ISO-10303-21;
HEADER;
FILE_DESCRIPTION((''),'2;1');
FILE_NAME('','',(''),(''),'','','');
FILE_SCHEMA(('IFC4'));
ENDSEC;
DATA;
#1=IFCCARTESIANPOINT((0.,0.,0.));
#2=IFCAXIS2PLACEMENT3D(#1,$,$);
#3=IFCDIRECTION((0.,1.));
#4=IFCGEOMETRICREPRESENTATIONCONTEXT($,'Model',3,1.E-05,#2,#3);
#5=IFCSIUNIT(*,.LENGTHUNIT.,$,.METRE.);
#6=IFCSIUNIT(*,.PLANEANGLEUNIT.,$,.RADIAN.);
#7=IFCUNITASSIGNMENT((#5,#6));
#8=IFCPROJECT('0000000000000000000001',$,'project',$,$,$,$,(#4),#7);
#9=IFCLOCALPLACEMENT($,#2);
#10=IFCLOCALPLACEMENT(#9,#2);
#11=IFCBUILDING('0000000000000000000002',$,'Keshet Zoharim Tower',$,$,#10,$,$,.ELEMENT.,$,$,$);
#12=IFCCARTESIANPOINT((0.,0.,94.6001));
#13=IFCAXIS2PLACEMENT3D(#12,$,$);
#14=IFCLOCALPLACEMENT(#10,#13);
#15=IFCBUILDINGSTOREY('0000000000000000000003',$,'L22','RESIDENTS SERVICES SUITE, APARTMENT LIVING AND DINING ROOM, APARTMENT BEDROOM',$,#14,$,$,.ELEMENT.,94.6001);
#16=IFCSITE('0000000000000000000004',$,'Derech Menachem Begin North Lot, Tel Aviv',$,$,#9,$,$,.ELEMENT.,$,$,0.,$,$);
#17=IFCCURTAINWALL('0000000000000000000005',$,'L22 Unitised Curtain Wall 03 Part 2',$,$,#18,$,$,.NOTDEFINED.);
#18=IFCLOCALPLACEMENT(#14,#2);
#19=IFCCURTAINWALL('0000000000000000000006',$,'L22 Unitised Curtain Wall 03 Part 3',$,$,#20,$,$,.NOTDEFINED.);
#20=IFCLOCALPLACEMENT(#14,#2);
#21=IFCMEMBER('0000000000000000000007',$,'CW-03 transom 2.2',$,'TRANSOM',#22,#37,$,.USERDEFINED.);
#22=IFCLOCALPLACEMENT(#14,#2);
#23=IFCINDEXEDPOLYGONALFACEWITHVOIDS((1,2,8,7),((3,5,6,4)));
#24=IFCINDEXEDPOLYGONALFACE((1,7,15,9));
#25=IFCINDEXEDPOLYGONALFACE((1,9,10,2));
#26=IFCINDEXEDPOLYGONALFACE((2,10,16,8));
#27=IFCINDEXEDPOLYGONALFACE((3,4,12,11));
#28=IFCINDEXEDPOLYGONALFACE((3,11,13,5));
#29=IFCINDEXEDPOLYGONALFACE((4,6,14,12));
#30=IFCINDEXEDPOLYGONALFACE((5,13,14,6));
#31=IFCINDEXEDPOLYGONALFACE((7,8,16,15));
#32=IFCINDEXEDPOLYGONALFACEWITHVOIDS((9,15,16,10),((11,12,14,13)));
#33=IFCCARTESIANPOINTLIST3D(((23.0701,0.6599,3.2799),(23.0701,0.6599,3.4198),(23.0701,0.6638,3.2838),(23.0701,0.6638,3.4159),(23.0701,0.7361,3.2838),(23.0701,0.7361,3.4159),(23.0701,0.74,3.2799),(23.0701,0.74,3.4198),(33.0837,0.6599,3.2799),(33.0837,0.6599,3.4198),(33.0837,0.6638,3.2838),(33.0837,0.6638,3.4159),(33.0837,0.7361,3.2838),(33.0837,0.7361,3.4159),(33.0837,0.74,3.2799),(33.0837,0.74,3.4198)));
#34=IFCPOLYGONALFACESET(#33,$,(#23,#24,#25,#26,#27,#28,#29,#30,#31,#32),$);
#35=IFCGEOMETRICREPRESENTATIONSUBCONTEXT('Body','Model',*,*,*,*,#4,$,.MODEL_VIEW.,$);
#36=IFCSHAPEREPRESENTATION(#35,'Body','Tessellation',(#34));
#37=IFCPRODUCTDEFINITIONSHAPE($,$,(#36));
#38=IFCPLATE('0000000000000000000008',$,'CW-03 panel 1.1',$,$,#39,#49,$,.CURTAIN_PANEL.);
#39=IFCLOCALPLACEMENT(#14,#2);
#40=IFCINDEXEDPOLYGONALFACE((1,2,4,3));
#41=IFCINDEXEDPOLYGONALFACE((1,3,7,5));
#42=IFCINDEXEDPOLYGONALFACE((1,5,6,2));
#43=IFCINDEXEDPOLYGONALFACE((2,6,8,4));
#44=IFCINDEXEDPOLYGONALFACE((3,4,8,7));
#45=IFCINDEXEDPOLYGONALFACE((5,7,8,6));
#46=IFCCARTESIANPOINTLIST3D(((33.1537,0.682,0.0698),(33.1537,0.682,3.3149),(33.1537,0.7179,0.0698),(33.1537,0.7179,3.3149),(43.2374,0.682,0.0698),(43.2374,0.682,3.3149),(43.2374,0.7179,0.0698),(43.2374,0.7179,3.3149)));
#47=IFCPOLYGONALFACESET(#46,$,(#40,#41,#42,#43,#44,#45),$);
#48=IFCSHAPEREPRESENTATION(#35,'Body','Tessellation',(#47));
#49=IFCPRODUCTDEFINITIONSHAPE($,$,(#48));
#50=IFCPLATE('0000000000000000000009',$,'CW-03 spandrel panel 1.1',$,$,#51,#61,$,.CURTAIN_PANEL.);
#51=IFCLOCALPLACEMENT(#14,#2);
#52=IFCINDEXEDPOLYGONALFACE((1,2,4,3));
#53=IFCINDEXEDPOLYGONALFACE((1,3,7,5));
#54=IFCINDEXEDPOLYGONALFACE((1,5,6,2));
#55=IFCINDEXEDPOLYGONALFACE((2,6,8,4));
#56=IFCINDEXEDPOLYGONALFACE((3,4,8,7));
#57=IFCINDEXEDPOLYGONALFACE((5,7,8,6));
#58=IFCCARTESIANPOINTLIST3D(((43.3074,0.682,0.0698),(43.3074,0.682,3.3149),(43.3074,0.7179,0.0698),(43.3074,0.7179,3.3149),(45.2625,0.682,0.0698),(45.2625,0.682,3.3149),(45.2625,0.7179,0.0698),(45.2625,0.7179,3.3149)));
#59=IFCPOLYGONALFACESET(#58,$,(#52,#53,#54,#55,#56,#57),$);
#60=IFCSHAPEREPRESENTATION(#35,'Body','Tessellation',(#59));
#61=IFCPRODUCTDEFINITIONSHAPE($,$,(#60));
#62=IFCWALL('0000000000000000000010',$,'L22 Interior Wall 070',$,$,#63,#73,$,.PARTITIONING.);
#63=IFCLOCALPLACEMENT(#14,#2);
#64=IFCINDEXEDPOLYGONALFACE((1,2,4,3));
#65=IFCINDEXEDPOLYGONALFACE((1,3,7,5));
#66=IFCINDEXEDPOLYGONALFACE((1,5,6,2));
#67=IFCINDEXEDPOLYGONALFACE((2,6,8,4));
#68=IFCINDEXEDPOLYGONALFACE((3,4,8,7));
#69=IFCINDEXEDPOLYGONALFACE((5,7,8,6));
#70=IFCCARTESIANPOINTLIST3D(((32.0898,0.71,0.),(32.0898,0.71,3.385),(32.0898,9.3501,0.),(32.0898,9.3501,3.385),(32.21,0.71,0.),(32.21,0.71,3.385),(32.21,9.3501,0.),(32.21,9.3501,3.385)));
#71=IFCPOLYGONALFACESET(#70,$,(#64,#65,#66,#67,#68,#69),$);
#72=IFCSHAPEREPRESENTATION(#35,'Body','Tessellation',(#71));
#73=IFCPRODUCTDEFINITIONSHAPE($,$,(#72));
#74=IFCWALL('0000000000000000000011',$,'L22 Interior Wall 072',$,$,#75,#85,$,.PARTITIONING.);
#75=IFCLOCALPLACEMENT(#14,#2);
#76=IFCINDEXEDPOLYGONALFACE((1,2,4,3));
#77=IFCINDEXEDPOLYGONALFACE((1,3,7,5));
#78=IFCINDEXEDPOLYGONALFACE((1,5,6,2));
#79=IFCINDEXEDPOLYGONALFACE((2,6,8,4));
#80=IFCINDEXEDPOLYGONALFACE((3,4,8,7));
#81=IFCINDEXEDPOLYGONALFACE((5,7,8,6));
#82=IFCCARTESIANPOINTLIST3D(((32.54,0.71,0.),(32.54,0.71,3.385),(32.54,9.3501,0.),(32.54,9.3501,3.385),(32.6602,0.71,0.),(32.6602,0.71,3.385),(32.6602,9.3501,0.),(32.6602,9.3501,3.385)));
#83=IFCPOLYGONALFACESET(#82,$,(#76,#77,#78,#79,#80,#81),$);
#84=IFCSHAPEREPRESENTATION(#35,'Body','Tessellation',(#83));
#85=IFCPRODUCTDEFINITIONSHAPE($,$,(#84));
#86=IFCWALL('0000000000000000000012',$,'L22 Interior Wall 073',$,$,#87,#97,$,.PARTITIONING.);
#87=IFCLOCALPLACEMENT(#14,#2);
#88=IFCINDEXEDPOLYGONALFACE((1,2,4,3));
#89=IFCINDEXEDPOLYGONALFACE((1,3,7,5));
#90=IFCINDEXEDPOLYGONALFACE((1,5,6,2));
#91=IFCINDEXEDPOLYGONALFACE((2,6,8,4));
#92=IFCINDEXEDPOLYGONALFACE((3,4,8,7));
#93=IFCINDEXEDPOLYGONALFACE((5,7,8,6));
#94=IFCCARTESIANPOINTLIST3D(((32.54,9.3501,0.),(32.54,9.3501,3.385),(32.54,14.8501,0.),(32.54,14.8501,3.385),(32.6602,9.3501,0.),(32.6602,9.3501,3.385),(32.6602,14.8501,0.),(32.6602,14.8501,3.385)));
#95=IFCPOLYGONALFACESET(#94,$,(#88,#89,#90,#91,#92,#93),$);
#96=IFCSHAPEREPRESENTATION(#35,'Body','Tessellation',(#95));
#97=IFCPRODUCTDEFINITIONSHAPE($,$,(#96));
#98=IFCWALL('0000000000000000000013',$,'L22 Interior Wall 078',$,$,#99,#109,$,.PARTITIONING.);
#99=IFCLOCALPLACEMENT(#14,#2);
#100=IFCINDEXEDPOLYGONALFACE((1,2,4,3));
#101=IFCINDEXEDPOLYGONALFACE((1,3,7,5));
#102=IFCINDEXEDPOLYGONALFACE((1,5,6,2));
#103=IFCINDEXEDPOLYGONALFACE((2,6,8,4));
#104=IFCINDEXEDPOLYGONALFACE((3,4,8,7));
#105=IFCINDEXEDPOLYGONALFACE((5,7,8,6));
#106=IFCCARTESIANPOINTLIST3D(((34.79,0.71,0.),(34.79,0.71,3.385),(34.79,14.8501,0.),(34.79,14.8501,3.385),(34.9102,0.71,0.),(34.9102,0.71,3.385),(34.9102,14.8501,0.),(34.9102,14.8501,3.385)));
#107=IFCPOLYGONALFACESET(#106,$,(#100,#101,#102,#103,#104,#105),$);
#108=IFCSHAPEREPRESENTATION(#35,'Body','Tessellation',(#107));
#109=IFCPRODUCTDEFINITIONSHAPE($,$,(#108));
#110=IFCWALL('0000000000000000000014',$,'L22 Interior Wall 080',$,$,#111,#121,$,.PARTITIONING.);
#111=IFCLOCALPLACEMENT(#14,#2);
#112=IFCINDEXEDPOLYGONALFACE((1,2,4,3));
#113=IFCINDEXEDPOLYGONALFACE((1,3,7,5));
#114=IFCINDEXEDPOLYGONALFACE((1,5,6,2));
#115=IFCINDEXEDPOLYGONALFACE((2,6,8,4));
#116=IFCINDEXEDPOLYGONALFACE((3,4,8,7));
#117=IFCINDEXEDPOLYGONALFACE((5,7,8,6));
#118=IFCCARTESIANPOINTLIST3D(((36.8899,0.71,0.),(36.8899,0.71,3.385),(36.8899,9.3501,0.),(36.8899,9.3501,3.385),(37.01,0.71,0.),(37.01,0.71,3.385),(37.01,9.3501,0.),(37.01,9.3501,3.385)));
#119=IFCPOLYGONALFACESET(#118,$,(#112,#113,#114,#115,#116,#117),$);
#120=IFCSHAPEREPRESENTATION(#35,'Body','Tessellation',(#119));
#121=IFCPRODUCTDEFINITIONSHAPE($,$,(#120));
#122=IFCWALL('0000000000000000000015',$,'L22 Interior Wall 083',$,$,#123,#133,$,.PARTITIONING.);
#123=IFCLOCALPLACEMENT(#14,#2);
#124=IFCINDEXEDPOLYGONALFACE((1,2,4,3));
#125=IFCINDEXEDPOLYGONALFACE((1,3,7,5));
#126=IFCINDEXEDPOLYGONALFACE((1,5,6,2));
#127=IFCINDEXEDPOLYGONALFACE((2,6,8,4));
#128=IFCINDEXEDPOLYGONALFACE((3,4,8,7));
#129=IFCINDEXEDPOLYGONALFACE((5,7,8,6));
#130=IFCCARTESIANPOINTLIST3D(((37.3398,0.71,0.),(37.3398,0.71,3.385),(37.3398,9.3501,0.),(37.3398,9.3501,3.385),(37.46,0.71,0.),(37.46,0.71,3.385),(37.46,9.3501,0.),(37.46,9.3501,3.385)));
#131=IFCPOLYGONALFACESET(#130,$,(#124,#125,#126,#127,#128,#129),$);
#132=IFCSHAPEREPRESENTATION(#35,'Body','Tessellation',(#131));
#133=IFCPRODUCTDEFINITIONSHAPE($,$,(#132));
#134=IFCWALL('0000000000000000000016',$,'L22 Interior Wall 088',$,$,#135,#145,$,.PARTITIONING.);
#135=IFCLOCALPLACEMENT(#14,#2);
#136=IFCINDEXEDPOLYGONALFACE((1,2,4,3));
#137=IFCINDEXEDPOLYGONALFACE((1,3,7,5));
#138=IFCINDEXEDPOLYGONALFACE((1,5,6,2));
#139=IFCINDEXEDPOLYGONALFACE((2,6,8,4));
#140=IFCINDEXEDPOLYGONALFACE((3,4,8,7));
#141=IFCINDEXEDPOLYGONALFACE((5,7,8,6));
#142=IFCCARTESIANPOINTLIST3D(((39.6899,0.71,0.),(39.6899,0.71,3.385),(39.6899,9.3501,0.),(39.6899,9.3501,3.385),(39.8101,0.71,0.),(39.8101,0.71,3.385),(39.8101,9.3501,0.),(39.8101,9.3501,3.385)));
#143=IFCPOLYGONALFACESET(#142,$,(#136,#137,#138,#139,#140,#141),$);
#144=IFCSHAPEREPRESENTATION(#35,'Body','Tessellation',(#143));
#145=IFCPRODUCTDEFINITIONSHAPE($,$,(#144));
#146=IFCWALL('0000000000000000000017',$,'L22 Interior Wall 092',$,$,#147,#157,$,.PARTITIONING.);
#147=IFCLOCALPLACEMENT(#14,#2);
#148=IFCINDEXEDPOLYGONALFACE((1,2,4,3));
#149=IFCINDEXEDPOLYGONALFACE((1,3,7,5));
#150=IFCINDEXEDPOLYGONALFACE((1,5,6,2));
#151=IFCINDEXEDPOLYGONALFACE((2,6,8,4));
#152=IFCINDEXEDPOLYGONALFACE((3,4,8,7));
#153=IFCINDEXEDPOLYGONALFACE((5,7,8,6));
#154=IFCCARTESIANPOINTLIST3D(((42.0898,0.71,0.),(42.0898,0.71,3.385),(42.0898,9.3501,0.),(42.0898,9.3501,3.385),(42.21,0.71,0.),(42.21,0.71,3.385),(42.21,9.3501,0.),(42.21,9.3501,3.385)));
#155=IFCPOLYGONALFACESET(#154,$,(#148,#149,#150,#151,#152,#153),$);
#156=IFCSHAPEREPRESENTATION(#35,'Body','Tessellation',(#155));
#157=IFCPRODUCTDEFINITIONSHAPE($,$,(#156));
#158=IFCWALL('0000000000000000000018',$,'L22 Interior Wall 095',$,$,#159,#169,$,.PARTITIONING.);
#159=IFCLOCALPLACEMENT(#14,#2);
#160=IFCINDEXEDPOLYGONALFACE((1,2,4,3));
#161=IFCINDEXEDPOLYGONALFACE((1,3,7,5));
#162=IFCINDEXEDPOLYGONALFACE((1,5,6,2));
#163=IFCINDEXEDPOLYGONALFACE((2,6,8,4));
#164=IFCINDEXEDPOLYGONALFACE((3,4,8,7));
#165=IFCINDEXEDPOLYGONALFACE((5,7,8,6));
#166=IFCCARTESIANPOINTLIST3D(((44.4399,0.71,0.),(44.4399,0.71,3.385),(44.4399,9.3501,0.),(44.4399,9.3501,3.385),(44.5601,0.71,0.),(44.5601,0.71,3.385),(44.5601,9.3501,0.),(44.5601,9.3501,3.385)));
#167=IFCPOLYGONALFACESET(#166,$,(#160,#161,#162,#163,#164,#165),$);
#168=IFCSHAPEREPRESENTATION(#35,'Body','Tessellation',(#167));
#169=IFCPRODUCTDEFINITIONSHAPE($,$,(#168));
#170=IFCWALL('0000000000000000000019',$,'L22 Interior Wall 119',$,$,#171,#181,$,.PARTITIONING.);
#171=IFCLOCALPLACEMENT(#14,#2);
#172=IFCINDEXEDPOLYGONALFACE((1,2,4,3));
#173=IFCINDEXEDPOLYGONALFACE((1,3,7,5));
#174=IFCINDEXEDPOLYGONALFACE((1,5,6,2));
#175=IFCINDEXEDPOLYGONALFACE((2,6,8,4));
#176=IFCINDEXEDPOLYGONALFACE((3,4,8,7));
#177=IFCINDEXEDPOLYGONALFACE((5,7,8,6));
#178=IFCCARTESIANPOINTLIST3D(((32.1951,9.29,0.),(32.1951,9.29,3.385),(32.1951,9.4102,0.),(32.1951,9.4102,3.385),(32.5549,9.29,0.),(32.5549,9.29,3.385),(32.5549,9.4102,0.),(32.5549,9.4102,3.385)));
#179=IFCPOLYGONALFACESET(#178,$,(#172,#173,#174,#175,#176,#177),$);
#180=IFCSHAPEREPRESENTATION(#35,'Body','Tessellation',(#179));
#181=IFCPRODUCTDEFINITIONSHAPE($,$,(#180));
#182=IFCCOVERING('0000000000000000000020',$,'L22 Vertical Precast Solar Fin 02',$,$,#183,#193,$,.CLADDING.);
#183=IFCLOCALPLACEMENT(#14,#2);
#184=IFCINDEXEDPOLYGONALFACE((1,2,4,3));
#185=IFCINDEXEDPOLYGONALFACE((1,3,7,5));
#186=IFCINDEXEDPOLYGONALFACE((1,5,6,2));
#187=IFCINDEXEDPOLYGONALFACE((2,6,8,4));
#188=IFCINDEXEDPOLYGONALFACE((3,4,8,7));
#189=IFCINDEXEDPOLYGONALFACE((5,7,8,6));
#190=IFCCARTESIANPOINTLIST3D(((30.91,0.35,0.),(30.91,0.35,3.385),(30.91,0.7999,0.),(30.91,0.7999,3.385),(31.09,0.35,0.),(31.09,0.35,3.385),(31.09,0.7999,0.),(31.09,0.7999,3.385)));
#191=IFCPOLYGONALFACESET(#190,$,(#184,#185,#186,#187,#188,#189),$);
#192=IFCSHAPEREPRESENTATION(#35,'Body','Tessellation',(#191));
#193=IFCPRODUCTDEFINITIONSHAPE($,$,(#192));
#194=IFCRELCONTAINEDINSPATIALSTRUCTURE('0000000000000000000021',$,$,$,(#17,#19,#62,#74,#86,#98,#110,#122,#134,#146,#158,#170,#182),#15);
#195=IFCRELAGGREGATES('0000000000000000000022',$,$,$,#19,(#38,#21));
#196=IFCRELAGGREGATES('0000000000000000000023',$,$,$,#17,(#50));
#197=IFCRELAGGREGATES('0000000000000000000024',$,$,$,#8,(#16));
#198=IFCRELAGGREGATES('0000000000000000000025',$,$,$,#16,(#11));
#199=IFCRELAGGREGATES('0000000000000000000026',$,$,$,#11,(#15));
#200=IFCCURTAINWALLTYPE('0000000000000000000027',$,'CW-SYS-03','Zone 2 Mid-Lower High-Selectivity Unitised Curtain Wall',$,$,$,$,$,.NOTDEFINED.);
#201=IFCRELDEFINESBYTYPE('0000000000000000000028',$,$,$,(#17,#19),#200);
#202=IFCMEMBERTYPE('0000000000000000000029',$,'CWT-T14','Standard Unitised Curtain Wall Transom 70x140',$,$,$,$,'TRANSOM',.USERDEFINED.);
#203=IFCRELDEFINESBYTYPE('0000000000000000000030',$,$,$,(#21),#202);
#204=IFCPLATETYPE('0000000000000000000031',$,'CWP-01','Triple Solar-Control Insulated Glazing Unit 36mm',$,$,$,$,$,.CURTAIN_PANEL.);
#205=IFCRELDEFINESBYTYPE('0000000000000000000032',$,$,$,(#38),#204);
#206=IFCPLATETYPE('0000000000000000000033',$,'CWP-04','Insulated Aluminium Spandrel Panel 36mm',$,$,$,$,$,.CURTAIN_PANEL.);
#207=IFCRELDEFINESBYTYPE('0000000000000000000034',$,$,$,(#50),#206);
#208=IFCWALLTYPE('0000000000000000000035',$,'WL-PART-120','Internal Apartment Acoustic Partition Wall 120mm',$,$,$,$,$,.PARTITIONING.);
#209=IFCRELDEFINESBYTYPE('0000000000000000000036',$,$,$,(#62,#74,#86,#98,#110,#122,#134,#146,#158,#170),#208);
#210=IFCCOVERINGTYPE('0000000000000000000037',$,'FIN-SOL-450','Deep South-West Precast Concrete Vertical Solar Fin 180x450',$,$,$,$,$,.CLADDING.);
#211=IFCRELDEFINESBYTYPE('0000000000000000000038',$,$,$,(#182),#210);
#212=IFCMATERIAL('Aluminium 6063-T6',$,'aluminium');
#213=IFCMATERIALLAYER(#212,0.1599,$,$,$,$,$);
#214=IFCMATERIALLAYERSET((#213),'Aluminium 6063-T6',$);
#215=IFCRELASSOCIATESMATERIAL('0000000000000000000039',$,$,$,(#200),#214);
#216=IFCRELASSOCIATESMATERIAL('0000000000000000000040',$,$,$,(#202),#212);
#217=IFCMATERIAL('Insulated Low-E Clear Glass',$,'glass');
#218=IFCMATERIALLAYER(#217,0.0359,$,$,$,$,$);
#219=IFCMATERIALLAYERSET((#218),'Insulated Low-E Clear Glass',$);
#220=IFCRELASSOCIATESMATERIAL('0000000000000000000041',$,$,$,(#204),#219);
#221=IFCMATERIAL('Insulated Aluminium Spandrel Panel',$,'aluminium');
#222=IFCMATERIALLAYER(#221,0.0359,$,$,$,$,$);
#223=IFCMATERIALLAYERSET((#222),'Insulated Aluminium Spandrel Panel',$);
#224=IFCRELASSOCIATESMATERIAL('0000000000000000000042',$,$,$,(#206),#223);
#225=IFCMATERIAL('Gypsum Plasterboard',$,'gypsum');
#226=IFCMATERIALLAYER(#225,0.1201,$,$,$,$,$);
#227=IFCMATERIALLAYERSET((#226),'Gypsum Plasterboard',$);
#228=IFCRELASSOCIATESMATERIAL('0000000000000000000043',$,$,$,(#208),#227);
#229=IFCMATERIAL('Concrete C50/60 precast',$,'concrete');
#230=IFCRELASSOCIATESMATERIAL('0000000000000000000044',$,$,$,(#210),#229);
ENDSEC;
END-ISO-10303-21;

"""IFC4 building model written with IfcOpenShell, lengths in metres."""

from ifc_helpers import new_model, si_unit, direction, frame, frame_2d, origin, origin_2d, place, context, subcontext, project, spatial, rectangle, hollow_rectangle, extrude, material, layer, layer_set, material_profile, profile_set, type_object, element, aggregate, save


model = new_model("IFC4")

# Units and contexts
model_context = context("Model", 3, precision=1e-05, world=origin(), true_north=direction((0.0, 1.0)))
body_context = subcontext(model_context, "Body", "Model", "MODEL_VIEW")
ifc_project = project(units=[si_unit("LENGTHUNIT", "METRE"), si_unit("PLANEANGLEUNIT", "RADIAN")], contexts=[model_context])

# Site, building, storey
site_placement = place(None, origin())
site = spatial("IfcSite", under=ifc_project, at=site_placement, Name="Derech Menachem Begin North Lot, Tel Aviv", CompositionType="ELEMENT", RefElevation=0.0)
building_placement = place(site_placement, origin())
building = spatial("IfcBuilding", under=site, at=building_placement, Name="Keshet Zoharim Tower", CompositionType="ELEMENT")
storey_placement = place(building_placement, frame((0.0, 0.0, 94.6001)))
storey = spatial("IfcBuildingStorey", under=building, at=storey_placement, Name="L22", Description="RESIDENTS SERVICES SUITE, APARTMENT LIVING AND DINING ROOM, APARTMENT BEDROOM", CompositionType="ELEMENT", Elevation=94.6001)

# Curtain wall
ifc_material_1 = material(Name="Aluminium 6063-T6", Category="aluminium")
ifc_layer_1 = layer(ifc_material_1, 0.1599)
ifc_layer_set_1 = layer_set([ifc_layer_1], Name="Aluminium 6063-T6")
curtain_wall_type = type_object("IfcCurtainWallType", Name="CW-SYS-03", Description="Zone 2 Mid-Lower High-Selectivity Unitised Curtain Wall", PredefinedType="NOTDEFINED", material=ifc_layer_set_1)
curtain_wall_1_placement = place(storey_placement, origin())
curtain_wall_1 = element("IfcCurtainWall", 1, at=curtain_wall_1_placement, inside=storey, type_object=curtain_wall_type, Name="L22 Unitised Curtain Wall 03 Part 2", PredefinedType="NOTDEFINED")

# Curtain wall, member, plate
curtain_wall_2_placement = place(storey_placement, origin())
curtain_wall_2 = element("IfcCurtainWall", 2, at=curtain_wall_2_placement, inside=storey, type_object=curtain_wall_type, Name="L22 Unitised Curtain Wall 03 Part 3", PredefinedType="NOTDEFINED")
ifc_material_profile_1 = material_profile(ifc_material_1, hollow_rectangle(XDim=0.0801, YDim=0.1399, WallThickness=0.0039, at=origin_2d()), Name="TRN-80x140")
ifc_profile_set_1 = profile_set([ifc_material_profile_1], Name="Aluminium 6063-T6")
member_type_1 = type_object("IfcMemberType", Name="CWT-T14", Description="Standard Unitised Curtain Wall Transom 70x140", ElementType="TRANSOM", PredefinedType="USERDEFINED", material=ifc_profile_set_1)
member_1_placement = place(storey_placement, frame((33.0837, 0.7, 3.3499), z_axis=(-1.0, 0.0, 0.0), x_axis=(0.0, -1.0, 0.0)))
member_1 = element("IfcMember", 3, at=member_1_placement, type_object=member_type_1, Name="CW-03 transom 2.2", ObjectType="TRANSOM", PredefinedType="USERDEFINED", context=body_context, shape_type="SweptSolid", body=[
    extrude(hollow_rectangle(XDim=0.0801, YDim=0.1399, WallThickness=0.0039, at=origin_2d()), origin(), (0.0, 0.0, 1.0), 10.0137),
])
ifc_material_2 = material(Name="Insulated Low-E Clear Glass", Category="glass")
ifc_layer_2 = layer(ifc_material_2, 0.0359)
ifc_layer_set_2 = layer_set([ifc_layer_2], Name="Insulated Low-E Clear Glass")
plate_type_1 = type_object("IfcPlateType", Name="CWP-01", Description="Triple Solar-Control Insulated Glazing Unit 36mm", PredefinedType="CURTAIN_PANEL", material=ifc_layer_set_2)
plate_1_placement = place(storey_placement, frame((38.1956, 0.7, 0.0698), z_axis=(0.0, 0.0, 1.0), x_axis=(-1.0, 0.0, 0.0)))
plate_1 = element("IfcPlate", 4, at=plate_1_placement, type_object=plate_type_1, Name="CW-03 panel 1.1", PredefinedType="CURTAIN_PANEL", context=body_context, shape_type="SweptSolid", body=[
    extrude(rectangle(XDim=10.0837, YDim=0.0359, at=origin_2d()), origin(), (0.0, 0.0, 1.0), 3.2451),
])
aggregate(curtain_wall_2, [plate_1, member_1])

# Plate
ifc_material_3 = material(Name="Insulated Aluminium Spandrel Panel", Category="aluminium")
ifc_layer_3 = layer(ifc_material_3, 0.0359)
ifc_layer_set_3 = layer_set([ifc_layer_3], Name="Insulated Aluminium Spandrel Panel")
plate_type_2 = type_object("IfcPlateType", Name="CWP-04", Description="Insulated Aluminium Spandrel Panel 36mm", PredefinedType="CURTAIN_PANEL", material=ifc_layer_set_3)
plate_2_placement = place(storey_placement, frame((44.2849, 0.7, 0.0698), z_axis=(0.0, 0.0, 1.0), x_axis=(-1.0, 0.0, 0.0)))
plate_2 = element("IfcPlate", 5, at=plate_2_placement, type_object=plate_type_2, Name="CW-03 spandrel panel 1.1", PredefinedType="CURTAIN_PANEL", context=body_context, shape_type="SweptSolid", body=[
    extrude(rectangle(XDim=1.9551, YDim=0.0359, at=origin_2d()), origin(), (0.0, 0.0, 1.0), 3.2451),
])
aggregate(curtain_wall_1, [plate_2])

# Walls
ifc_material_4 = material(Name="Gypsum Plasterboard", Category="gypsum")
ifc_layer_4 = layer(ifc_material_4, 0.1201)
ifc_layer_set_4 = layer_set([ifc_layer_4], Name="Gypsum Plasterboard")
wall_type = type_object("IfcWallType", Name="WL-PART-120", Description="Internal Apartment Acoustic Partition Wall 120mm", PredefinedType="PARTITIONING", material=ifc_layer_set_4)
for number, where, z_axis, x_axis, name in (
    (6, (32.1499, 0.71, 0.0), (0.0, 0.0, 1.0), (0.0, 1.0, 0.0), "L22 Interior Wall 070"),
    (7, (32.6001, 0.71, 0.0), (0.0, 0.0, 1.0), (0.0, 1.0, 0.0), "L22 Interior Wall 072"),
):
    element("IfcWall", number, at=place(storey_placement, frame(where, z_axis=z_axis, x_axis=x_axis)), inside=storey, type_object=wall_type, Name=name, PredefinedType="PARTITIONING", context=body_context, shape_type="SweptSolid", body=[
        extrude(rectangle(XDim=8.6401, YDim=0.1201, at=frame_2d((4.3201, 0.0))), origin(), (0.0, 0.0, 1.0), 3.385),
    ])
wall_1_placement = place(storey_placement, frame((32.6001, 9.3501, 0.0), z_axis=(0.0, 0.0, 1.0), x_axis=(0.0, 1.0, 0.0)))
element("IfcWall", 8, at=wall_1_placement, inside=storey, type_object=wall_type, Name="L22 Interior Wall 073", PredefinedType="PARTITIONING", context=body_context, shape_type="SweptSolid", body=[
    extrude(rectangle(XDim=5.5, YDim=0.1201, at=frame_2d((2.75, 0.0))), origin(), (0.0, 0.0, 1.0), 3.385),
])
wall_2_placement = place(storey_placement, frame((34.8501, 0.71, 0.0), z_axis=(0.0, 0.0, 1.0), x_axis=(0.0, 1.0, 0.0)))
element("IfcWall", 9, at=wall_2_placement, inside=storey, type_object=wall_type, Name="L22 Interior Wall 078", PredefinedType="PARTITIONING", context=body_context, shape_type="SweptSolid", body=[
    extrude(rectangle(XDim=14.1401, YDim=0.1201, at=frame_2d((7.0701, 0.0))), origin(), (0.0, 0.0, 1.0), 3.385),
])
for number, where, z_axis, x_axis, name in (
    (10, (36.95, 0.71, 0.0), (0.0, 0.0, 1.0), (0.0, 1.0, 0.0), "L22 Interior Wall 080"),
    (11, (37.3999, 0.71, 0.0), (0.0, 0.0, 1.0), (0.0, 1.0, 0.0), "L22 Interior Wall 083"),
    (12, (39.75, 0.71, 0.0), (0.0, 0.0, 1.0), (0.0, 1.0, 0.0), "L22 Interior Wall 088"),
    (13, (42.1499, 0.71, 0.0), (0.0, 0.0, 1.0), (0.0, 1.0, 0.0), "L22 Interior Wall 092"),
    (14, (44.5, 0.71, 0.0), (0.0, 0.0, 1.0), (0.0, 1.0, 0.0), "L22 Interior Wall 095"),
):
    element("IfcWall", number, at=place(storey_placement, frame(where, z_axis=z_axis, x_axis=x_axis)), inside=storey, type_object=wall_type, Name=name, PredefinedType="PARTITIONING", context=body_context, shape_type="SweptSolid", body=[
        extrude(rectangle(XDim=8.6401, YDim=0.1201, at=frame_2d((4.3201, 0.0))), origin(), (0.0, 0.0, 1.0), 3.385),
    ])
wall_3_placement = place(storey_placement, frame((32.1951, 9.3501, 0.0), z_axis=(0.0, 0.0, 1.0), x_axis=(1.0, 0.0, 0.0)))
element("IfcWall", 15, at=wall_3_placement, inside=storey, type_object=wall_type, Name="L22 Interior Wall 119", PredefinedType="PARTITIONING", context=body_context, shape_type="SweptSolid", body=[
    extrude(rectangle(XDim=0.3599, YDim=0.1201, at=frame_2d((0.1799, 0.0))), origin(), (0.0, 0.0, 1.0), 3.385),
])

# Covering
ifc_material_5 = material(Name="Concrete C50/60 precast", Category="concrete")
covering_type = type_object("IfcCoveringType", Name="FIN-SOL-450", Description="Deep South-West Precast Concrete Vertical Solar Fin 180x450", PredefinedType="CLADDING", material=ifc_material_5)
covering_placement = place(storey_placement, frame((31.0, 0.575, 0.0), z_axis=(0.0, 0.0, 1.0), x_axis=(-1.0, 0.0, 0.0)))
element("IfcCovering", 16, at=covering_placement, inside=storey, type_object=covering_type, Name="L22 Vertical Precast Solar Fin 02", PredefinedType="CLADDING", context=body_context, shape_type="SweptSolid", body=[
    extrude(rectangle(XDim=0.1799, YDim=0.45, at=origin_2d()), origin(), (0.0, 0.0, 1.0), 3.385),
])

save(model, "model.ifc")
